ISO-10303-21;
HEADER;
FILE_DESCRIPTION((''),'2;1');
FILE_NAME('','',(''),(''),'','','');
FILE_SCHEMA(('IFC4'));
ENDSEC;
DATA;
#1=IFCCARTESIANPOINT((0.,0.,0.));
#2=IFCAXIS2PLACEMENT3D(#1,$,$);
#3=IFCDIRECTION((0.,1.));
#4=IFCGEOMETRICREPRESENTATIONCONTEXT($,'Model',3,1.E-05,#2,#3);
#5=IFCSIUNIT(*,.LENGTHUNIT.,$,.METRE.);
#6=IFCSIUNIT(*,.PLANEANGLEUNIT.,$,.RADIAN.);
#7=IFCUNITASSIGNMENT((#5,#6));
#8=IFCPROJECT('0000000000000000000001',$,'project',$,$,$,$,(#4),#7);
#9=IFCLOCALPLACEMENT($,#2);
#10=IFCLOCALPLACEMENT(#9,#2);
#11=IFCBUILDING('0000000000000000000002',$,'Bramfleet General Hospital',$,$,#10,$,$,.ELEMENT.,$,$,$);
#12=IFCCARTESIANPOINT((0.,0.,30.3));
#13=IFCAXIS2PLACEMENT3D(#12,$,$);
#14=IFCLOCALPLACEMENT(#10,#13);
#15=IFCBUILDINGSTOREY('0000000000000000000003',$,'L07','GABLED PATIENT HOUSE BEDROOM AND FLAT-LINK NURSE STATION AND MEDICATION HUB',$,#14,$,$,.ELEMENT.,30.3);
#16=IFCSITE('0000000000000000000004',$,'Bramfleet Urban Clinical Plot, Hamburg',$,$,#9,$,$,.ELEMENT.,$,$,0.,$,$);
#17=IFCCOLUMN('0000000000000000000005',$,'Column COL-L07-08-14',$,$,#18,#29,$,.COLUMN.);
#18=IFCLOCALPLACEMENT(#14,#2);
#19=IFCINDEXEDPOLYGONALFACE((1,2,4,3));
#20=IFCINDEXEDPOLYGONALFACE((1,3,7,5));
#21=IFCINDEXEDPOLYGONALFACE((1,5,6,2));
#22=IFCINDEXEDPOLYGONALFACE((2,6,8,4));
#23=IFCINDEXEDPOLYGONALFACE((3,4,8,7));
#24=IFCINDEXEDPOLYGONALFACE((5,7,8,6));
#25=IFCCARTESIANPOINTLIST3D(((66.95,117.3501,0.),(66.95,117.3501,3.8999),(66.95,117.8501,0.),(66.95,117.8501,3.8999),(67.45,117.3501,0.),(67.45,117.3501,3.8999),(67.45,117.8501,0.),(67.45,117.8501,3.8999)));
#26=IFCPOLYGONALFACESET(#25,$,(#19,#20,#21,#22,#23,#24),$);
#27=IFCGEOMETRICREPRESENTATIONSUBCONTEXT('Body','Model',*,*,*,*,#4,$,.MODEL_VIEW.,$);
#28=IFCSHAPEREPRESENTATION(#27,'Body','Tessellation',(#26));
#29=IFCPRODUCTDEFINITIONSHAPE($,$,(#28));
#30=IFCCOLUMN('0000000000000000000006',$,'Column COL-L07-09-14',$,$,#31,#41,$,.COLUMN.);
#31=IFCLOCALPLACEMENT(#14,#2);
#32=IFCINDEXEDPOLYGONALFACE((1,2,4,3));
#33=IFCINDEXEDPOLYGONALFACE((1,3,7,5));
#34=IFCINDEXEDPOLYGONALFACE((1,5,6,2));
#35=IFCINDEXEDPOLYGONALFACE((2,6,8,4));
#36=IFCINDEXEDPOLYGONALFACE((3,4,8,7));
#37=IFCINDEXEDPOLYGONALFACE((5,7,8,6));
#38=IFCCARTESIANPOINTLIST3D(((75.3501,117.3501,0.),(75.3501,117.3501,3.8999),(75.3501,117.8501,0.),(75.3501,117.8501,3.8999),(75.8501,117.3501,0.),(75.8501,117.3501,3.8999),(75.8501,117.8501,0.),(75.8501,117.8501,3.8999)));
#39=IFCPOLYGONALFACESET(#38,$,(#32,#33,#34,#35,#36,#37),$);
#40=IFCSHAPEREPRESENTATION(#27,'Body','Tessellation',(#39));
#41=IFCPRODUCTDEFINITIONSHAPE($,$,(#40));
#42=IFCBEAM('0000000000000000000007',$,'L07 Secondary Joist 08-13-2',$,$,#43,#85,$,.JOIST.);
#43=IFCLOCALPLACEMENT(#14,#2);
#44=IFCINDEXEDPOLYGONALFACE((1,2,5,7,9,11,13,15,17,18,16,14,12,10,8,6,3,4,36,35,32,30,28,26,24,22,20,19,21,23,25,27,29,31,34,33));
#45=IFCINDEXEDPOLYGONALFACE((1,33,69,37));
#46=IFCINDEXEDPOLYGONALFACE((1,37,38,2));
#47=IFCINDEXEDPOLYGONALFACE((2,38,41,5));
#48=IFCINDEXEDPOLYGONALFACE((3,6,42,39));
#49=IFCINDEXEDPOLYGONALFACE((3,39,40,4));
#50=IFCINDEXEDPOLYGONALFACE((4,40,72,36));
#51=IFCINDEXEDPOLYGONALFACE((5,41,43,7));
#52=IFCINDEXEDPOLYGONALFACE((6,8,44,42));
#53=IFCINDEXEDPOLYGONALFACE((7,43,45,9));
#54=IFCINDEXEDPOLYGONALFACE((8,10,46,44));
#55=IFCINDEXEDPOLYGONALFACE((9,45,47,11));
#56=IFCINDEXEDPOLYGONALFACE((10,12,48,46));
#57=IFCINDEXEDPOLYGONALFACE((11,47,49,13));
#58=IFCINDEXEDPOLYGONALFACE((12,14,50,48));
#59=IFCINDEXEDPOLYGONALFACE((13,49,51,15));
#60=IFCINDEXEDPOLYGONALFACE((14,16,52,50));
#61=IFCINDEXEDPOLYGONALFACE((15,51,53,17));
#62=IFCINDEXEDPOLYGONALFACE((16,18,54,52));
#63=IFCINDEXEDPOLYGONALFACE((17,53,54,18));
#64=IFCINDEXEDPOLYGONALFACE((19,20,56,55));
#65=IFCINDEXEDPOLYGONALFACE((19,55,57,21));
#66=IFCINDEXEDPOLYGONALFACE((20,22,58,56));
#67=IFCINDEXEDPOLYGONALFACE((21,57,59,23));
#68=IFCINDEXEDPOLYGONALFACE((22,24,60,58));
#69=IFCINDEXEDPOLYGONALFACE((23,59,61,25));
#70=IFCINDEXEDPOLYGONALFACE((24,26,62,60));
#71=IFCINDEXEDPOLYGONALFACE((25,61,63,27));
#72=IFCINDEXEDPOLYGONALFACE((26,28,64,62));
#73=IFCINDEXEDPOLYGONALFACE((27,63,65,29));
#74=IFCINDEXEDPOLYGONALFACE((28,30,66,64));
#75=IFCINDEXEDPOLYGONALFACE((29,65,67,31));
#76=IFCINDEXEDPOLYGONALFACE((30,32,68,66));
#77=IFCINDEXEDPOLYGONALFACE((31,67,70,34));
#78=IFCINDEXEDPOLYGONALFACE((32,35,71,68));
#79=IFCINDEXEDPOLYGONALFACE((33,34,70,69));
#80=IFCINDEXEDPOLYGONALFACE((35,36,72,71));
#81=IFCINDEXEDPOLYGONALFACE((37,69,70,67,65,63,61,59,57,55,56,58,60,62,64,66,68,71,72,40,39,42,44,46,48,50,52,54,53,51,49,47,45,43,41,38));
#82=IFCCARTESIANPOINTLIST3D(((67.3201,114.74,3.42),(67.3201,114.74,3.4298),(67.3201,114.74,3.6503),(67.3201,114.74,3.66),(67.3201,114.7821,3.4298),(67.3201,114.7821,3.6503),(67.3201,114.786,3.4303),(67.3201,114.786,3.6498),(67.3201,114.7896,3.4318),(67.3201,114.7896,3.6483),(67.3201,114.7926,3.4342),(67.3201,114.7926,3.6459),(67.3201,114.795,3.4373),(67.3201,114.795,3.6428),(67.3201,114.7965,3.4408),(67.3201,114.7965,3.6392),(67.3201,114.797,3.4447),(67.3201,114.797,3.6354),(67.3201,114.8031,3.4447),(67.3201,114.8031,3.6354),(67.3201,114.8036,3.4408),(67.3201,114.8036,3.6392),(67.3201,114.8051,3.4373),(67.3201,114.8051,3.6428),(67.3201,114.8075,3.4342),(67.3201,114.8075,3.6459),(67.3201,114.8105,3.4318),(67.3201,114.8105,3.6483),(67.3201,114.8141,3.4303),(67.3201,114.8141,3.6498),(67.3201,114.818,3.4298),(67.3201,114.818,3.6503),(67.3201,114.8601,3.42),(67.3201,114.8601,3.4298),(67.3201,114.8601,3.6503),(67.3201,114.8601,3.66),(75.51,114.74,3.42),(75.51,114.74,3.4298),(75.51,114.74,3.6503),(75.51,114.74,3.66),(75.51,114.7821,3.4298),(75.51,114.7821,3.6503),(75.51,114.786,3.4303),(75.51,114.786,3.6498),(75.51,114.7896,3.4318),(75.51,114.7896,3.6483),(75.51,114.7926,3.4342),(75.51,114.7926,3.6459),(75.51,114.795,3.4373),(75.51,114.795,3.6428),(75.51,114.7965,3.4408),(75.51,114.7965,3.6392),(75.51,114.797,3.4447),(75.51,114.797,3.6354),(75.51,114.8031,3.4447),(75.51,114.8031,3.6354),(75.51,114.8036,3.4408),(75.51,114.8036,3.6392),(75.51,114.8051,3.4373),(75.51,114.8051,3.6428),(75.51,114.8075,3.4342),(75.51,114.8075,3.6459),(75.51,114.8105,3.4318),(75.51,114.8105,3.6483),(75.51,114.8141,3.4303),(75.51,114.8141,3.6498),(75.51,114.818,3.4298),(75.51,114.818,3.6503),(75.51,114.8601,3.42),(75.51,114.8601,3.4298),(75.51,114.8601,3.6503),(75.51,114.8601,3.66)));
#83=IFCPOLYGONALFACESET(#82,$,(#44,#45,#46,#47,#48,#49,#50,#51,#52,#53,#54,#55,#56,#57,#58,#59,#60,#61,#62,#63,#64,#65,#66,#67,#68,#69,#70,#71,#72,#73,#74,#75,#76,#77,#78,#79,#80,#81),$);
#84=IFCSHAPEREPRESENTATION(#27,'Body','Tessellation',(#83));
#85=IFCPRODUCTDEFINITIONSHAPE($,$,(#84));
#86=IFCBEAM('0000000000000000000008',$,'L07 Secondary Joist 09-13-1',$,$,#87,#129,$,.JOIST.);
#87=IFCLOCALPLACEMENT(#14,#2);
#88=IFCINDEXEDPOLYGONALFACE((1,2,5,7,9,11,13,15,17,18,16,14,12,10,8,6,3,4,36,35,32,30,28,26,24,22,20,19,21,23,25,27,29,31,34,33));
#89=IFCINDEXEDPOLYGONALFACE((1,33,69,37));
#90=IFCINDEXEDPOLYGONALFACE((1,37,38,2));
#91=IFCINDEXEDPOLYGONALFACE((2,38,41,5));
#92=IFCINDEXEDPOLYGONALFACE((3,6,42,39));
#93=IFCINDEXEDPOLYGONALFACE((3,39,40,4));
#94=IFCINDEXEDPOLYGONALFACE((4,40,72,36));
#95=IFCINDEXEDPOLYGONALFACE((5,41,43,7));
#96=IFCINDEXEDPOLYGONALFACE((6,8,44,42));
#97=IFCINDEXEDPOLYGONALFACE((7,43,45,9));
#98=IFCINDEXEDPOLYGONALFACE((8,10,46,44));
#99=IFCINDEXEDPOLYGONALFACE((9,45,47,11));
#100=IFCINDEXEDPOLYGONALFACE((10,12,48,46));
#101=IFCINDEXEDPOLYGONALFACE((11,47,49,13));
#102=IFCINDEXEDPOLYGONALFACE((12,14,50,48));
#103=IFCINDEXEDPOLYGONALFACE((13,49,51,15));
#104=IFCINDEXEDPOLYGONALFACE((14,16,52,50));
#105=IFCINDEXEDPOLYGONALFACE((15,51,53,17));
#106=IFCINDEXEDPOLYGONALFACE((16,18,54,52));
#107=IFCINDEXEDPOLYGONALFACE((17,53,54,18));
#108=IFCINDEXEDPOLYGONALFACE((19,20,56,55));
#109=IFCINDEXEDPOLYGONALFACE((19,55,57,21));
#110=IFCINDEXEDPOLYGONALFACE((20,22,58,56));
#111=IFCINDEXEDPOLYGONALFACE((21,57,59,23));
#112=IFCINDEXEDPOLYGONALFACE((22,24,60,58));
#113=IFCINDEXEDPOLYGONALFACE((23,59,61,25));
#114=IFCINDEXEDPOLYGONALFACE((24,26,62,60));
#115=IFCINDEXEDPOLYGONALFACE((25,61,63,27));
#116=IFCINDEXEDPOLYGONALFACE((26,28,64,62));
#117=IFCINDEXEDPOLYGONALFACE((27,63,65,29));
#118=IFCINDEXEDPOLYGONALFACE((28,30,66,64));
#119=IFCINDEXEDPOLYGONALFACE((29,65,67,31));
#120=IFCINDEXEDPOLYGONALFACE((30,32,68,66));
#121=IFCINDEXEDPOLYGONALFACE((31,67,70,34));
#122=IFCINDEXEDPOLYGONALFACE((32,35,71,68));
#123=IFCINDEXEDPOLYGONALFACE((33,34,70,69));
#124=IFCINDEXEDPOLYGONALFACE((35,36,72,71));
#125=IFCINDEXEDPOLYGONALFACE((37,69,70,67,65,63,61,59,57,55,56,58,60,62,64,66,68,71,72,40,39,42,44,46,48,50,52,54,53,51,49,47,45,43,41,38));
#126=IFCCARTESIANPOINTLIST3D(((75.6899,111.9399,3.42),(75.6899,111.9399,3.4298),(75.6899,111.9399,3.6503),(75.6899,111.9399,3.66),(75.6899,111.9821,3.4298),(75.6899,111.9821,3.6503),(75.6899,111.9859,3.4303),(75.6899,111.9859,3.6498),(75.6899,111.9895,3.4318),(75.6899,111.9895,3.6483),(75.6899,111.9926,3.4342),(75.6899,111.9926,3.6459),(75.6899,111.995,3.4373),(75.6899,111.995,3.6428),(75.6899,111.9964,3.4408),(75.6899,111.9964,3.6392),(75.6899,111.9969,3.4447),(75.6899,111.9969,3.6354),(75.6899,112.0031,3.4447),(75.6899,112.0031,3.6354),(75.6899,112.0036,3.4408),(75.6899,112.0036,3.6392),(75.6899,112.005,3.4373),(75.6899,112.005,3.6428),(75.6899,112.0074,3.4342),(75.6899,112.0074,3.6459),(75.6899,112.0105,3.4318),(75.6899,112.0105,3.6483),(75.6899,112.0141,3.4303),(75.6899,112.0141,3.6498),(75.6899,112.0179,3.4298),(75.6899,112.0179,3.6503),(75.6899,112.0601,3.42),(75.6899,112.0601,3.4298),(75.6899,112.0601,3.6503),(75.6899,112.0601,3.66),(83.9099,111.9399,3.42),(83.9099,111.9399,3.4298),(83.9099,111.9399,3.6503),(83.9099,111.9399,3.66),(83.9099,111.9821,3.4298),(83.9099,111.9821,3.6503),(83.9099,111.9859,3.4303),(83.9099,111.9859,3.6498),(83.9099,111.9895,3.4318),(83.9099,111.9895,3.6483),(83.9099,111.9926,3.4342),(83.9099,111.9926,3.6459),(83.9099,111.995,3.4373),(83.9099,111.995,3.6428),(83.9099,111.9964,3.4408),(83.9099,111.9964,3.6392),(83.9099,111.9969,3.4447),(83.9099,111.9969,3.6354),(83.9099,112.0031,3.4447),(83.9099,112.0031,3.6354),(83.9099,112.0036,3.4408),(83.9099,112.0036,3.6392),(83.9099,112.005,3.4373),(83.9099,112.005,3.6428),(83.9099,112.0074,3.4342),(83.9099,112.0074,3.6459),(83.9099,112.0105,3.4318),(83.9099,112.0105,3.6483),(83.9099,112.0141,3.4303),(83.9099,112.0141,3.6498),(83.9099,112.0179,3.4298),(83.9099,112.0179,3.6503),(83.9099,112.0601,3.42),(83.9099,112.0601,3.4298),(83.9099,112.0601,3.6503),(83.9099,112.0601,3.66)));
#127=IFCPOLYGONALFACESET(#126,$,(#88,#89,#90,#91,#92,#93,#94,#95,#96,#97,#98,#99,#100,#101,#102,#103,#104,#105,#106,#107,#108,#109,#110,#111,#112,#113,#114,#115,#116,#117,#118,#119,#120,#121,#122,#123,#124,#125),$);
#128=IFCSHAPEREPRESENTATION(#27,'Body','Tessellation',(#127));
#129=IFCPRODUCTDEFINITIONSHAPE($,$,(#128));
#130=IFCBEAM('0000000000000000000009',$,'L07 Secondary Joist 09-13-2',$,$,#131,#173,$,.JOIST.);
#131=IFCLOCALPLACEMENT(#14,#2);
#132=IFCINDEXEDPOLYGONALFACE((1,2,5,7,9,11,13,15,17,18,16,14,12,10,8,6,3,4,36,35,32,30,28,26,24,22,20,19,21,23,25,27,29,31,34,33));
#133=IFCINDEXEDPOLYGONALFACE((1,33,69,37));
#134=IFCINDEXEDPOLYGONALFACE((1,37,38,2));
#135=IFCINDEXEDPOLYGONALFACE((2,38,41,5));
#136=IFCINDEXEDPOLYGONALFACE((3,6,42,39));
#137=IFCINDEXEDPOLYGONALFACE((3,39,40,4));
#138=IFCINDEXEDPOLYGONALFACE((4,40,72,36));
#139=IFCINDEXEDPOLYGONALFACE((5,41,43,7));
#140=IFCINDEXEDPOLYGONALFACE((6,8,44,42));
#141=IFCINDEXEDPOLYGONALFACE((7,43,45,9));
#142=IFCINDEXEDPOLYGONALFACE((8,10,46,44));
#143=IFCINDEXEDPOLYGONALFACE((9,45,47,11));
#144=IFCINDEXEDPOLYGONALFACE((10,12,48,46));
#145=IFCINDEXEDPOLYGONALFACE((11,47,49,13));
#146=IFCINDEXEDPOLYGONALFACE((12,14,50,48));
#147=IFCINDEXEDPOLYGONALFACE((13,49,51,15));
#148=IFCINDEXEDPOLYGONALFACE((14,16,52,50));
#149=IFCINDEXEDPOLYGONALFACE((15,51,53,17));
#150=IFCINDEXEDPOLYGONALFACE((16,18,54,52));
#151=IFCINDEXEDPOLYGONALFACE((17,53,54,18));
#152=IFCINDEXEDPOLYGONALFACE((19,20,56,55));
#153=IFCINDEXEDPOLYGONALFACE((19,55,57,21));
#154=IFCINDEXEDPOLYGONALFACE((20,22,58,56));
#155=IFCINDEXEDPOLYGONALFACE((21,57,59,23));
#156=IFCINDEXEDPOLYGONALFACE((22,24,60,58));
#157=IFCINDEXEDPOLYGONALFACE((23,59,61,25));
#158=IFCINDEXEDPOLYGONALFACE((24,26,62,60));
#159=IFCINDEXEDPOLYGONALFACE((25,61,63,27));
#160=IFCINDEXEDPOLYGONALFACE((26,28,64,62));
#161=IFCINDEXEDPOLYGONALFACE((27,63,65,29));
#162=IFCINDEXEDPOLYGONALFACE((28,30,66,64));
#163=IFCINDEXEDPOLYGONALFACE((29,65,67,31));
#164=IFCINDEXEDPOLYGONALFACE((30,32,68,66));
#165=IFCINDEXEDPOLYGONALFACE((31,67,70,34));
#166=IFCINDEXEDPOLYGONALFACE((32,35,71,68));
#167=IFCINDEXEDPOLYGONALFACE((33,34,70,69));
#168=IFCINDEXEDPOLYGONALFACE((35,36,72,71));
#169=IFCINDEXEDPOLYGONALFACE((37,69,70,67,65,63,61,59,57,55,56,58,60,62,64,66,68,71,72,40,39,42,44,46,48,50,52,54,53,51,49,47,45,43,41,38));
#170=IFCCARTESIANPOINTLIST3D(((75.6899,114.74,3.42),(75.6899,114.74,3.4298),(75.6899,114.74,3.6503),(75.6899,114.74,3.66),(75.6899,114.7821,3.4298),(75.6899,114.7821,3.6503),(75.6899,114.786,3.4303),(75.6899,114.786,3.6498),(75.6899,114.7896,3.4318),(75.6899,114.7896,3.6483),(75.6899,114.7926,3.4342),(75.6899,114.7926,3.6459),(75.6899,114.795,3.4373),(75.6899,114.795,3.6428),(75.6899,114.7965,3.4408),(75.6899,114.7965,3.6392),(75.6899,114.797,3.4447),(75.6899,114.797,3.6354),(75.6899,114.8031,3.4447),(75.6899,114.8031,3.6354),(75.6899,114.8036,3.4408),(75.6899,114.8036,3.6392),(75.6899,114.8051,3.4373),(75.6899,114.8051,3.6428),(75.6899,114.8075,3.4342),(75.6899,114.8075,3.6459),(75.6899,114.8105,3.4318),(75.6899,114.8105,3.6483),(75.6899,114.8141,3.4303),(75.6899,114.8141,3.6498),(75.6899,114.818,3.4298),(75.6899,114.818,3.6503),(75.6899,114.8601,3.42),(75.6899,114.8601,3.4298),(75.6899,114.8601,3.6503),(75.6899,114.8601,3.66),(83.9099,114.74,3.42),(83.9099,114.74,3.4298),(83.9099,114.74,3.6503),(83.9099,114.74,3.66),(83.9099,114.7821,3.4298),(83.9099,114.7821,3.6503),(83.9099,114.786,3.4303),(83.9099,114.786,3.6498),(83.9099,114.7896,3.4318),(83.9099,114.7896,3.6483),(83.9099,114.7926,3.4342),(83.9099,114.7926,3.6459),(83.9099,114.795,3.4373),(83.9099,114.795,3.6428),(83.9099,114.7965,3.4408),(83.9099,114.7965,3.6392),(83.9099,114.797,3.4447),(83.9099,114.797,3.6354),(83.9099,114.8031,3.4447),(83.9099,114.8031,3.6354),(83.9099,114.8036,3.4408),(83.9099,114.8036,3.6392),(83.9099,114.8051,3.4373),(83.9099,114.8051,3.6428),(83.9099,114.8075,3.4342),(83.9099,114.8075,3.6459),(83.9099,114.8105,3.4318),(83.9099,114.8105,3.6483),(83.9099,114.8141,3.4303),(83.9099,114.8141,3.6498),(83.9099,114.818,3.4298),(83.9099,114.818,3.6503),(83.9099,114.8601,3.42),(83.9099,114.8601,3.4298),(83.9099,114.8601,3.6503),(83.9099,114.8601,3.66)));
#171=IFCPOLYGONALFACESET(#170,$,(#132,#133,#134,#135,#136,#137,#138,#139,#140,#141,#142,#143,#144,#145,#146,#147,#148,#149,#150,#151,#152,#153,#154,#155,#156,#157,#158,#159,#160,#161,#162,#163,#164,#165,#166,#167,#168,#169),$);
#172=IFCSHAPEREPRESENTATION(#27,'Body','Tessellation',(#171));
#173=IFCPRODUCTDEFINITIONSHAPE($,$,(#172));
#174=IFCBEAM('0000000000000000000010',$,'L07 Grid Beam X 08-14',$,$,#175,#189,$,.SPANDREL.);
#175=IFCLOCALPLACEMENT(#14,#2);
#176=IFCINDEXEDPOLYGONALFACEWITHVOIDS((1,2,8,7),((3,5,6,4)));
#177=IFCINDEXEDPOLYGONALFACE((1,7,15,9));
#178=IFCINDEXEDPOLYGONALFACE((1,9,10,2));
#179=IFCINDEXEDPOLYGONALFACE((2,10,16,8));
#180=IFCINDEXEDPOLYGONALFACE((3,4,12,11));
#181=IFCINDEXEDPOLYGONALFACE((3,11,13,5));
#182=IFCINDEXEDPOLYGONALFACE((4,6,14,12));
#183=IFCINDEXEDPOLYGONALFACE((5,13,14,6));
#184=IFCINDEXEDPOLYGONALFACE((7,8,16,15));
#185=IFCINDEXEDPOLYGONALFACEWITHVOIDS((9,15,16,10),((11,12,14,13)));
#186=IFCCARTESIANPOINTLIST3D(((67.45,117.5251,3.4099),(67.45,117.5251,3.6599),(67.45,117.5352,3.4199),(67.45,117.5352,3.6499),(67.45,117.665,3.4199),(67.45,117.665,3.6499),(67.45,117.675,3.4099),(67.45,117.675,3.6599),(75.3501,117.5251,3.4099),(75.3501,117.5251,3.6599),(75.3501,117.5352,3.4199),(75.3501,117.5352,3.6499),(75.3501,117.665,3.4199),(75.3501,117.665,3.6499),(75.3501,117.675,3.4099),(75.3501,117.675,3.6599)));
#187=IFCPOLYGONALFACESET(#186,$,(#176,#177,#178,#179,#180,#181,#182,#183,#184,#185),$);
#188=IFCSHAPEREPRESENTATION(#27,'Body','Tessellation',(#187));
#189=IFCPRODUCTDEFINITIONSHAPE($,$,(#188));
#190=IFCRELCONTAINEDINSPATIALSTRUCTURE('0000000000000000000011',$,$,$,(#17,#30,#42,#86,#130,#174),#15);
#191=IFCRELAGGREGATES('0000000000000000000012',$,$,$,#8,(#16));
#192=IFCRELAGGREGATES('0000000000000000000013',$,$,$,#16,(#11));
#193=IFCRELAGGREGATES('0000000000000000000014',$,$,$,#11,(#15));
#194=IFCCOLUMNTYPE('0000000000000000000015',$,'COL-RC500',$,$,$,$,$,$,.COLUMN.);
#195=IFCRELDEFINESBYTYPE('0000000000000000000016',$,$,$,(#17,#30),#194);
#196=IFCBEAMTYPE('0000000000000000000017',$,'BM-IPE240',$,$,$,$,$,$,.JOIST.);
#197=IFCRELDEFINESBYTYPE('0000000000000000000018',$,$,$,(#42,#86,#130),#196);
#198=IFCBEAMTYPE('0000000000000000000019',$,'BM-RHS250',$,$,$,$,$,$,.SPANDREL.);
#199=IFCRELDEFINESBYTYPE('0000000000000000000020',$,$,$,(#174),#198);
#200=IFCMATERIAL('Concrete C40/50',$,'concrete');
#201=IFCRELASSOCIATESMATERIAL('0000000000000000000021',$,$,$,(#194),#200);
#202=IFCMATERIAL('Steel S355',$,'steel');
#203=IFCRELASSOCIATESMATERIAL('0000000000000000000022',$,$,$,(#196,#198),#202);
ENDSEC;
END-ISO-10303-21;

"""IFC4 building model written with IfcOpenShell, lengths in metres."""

from ifc_helpers import new_model, si_unit, direction, frame, origin, origin_2d, place, context, subcontext, project, spatial, rectangle, hollow_rectangle, i_section, extrude, material, material_profile, profile_set, type_object, element, save


model = new_model("IFC4")

# Units and contexts
model_context = context("Model", 3, precision=1e-05, world=origin(), true_north=direction((0.0, 1.0)))
body_context = subcontext(model_context, "Body", "Model", "MODEL_VIEW")
ifc_project = project(units=[si_unit("LENGTHUNIT", "METRE"), si_unit("PLANEANGLEUNIT", "RADIAN")], contexts=[model_context])

# Site, building, storey
site_placement = place(None, origin())
site = spatial("IfcSite", under=ifc_project, at=site_placement, Name="Bramfleet Urban Clinical Plot, Hamburg", CompositionType="ELEMENT", RefElevation=0.0)
building_placement = place(site_placement, origin())
building = spatial("IfcBuilding", under=site, at=building_placement, Name="Bramfleet General Hospital", CompositionType="ELEMENT")
storey_placement = place(building_placement, frame((0.0, 0.0, 30.3)))
storey = spatial("IfcBuildingStorey", under=building, at=storey_placement, Name="L07", Description="GABLED PATIENT HOUSE BEDROOM AND FLAT-LINK NURSE STATION AND MEDICATION HUB", CompositionType="ELEMENT", Elevation=30.3)

# Columns
ifc_material_1 = material(Name="Concrete C40/50", Category="concrete")
ifc_material_profile_1 = material_profile(ifc_material_1, rectangle(XDim=0.5, YDim=0.5, at=origin_2d()), Name="RC COL 500x500")
ifc_profile_set_1 = profile_set([ifc_material_profile_1], Name="Concrete C40/50")
column_type = type_object("IfcColumnType", Name="COL-RC500", PredefinedType="COLUMN", material=ifc_profile_set_1)
for number, where, z_axis, x_axis, name in (
    (1, (67.2, 117.6001, 0.0), (0.0, 0.0, 1.0), (1.0, 0.0, 0.0), "Column COL-L07-08-14"),
    (2, (75.6001, 117.6001, 0.0), (0.0, 0.0, 1.0), (1.0, 0.0, 0.0), "Column COL-L07-09-14"),
):
    element("IfcColumn", number, at=place(storey_placement, frame(where, z_axis=z_axis, x_axis=x_axis)), inside=storey, type_object=column_type, Name=name, PredefinedType="COLUMN", context=body_context, shape_type="SweptSolid", body=[
        extrude(rectangle(XDim=0.5, YDim=0.5, at=origin_2d()), origin(), (0.0, 0.0, 1.0), 3.8999),
    ])

# Beams
ifc_material_2 = material(Name="Steel S355", Category="steel")
ifc_material_profile_2 = material_profile(ifc_material_2, i_section(OverallWidth=0.1201, OverallDepth=0.24, WebThickness=0.0061, FlangeThickness=0.0098, FilletRadius=0.0149, at=origin_2d()), Name="IPE 240")
ifc_profile_set_2 = profile_set([ifc_material_profile_2], Name="Steel S355")
beam_type_1 = type_object("IfcBeamType", Name="BM-IPE240", PredefinedType="JOIST", material=ifc_profile_set_2)
beam_1_placement = place(storey_placement, frame((67.3201, 114.8, 3.54), z_axis=(1.0, 0.0, 0.0), x_axis=(0.0, 1.0, 0.0)))
element("IfcBeam", 3, at=beam_1_placement, inside=storey, type_object=beam_type_1, Name="L07 Secondary Joist 08-13-2", PredefinedType="JOIST", context=body_context, shape_type="SweptSolid", body=[
    extrude(i_section(OverallWidth=0.1201, OverallDepth=0.24, WebThickness=0.0061, FlangeThickness=0.0098, FilletRadius=0.0149, at=origin_2d()), origin(), (0.0, 0.0, 1.0), 8.1899),
])
for number, where, z_axis, x_axis, name in (
    (4, (75.6899, 112.0, 3.54), (1.0, 0.0, 0.0), (0.0, 1.0, 0.0), "L07 Secondary Joist 09-13-1"),
    (5, (75.6899, 114.8, 3.54), (1.0, 0.0, 0.0), (0.0, 1.0, 0.0), "L07 Secondary Joist 09-13-2"),
):
    element("IfcBeam", number, at=place(storey_placement, frame(where, z_axis=z_axis, x_axis=x_axis)), inside=storey, type_object=beam_type_1, Name=name, PredefinedType="JOIST", context=body_context, shape_type="SweptSolid", body=[
        extrude(i_section(OverallWidth=0.1201, OverallDepth=0.24, WebThickness=0.0061, FlangeThickness=0.0098, FilletRadius=0.0149, at=origin_2d()), origin(), (0.0, 0.0, 1.0), 8.22),
    ])
ifc_material_profile_3 = material_profile(ifc_material_2, hollow_rectangle(XDim=0.1499, YDim=0.25, WallThickness=0.01, at=origin_2d()), Name="RHS 250x150x10.0")
ifc_profile_set_3 = profile_set([ifc_material_profile_3], Name="Steel S355")
beam_type_2 = type_object("IfcBeamType", Name="BM-RHS250", PredefinedType="SPANDREL", material=ifc_profile_set_3)
beam_2_placement = place(storey_placement, frame((67.45, 117.6001, 3.5349), z_axis=(1.0, 0.0, 0.0), x_axis=(0.0, 1.0, 0.0)))
element("IfcBeam", 6, at=beam_2_placement, inside=storey, type_object=beam_type_2, Name="L07 Grid Beam X 08-14", PredefinedType="SPANDREL", context=body_context, shape_type="SweptSolid", body=[
    extrude(hollow_rectangle(XDim=0.1499, YDim=0.25, WallThickness=0.01, at=origin_2d()), origin(), (0.0, 0.0, 1.0), 7.9001),
])

save(model, "model.ifc")
